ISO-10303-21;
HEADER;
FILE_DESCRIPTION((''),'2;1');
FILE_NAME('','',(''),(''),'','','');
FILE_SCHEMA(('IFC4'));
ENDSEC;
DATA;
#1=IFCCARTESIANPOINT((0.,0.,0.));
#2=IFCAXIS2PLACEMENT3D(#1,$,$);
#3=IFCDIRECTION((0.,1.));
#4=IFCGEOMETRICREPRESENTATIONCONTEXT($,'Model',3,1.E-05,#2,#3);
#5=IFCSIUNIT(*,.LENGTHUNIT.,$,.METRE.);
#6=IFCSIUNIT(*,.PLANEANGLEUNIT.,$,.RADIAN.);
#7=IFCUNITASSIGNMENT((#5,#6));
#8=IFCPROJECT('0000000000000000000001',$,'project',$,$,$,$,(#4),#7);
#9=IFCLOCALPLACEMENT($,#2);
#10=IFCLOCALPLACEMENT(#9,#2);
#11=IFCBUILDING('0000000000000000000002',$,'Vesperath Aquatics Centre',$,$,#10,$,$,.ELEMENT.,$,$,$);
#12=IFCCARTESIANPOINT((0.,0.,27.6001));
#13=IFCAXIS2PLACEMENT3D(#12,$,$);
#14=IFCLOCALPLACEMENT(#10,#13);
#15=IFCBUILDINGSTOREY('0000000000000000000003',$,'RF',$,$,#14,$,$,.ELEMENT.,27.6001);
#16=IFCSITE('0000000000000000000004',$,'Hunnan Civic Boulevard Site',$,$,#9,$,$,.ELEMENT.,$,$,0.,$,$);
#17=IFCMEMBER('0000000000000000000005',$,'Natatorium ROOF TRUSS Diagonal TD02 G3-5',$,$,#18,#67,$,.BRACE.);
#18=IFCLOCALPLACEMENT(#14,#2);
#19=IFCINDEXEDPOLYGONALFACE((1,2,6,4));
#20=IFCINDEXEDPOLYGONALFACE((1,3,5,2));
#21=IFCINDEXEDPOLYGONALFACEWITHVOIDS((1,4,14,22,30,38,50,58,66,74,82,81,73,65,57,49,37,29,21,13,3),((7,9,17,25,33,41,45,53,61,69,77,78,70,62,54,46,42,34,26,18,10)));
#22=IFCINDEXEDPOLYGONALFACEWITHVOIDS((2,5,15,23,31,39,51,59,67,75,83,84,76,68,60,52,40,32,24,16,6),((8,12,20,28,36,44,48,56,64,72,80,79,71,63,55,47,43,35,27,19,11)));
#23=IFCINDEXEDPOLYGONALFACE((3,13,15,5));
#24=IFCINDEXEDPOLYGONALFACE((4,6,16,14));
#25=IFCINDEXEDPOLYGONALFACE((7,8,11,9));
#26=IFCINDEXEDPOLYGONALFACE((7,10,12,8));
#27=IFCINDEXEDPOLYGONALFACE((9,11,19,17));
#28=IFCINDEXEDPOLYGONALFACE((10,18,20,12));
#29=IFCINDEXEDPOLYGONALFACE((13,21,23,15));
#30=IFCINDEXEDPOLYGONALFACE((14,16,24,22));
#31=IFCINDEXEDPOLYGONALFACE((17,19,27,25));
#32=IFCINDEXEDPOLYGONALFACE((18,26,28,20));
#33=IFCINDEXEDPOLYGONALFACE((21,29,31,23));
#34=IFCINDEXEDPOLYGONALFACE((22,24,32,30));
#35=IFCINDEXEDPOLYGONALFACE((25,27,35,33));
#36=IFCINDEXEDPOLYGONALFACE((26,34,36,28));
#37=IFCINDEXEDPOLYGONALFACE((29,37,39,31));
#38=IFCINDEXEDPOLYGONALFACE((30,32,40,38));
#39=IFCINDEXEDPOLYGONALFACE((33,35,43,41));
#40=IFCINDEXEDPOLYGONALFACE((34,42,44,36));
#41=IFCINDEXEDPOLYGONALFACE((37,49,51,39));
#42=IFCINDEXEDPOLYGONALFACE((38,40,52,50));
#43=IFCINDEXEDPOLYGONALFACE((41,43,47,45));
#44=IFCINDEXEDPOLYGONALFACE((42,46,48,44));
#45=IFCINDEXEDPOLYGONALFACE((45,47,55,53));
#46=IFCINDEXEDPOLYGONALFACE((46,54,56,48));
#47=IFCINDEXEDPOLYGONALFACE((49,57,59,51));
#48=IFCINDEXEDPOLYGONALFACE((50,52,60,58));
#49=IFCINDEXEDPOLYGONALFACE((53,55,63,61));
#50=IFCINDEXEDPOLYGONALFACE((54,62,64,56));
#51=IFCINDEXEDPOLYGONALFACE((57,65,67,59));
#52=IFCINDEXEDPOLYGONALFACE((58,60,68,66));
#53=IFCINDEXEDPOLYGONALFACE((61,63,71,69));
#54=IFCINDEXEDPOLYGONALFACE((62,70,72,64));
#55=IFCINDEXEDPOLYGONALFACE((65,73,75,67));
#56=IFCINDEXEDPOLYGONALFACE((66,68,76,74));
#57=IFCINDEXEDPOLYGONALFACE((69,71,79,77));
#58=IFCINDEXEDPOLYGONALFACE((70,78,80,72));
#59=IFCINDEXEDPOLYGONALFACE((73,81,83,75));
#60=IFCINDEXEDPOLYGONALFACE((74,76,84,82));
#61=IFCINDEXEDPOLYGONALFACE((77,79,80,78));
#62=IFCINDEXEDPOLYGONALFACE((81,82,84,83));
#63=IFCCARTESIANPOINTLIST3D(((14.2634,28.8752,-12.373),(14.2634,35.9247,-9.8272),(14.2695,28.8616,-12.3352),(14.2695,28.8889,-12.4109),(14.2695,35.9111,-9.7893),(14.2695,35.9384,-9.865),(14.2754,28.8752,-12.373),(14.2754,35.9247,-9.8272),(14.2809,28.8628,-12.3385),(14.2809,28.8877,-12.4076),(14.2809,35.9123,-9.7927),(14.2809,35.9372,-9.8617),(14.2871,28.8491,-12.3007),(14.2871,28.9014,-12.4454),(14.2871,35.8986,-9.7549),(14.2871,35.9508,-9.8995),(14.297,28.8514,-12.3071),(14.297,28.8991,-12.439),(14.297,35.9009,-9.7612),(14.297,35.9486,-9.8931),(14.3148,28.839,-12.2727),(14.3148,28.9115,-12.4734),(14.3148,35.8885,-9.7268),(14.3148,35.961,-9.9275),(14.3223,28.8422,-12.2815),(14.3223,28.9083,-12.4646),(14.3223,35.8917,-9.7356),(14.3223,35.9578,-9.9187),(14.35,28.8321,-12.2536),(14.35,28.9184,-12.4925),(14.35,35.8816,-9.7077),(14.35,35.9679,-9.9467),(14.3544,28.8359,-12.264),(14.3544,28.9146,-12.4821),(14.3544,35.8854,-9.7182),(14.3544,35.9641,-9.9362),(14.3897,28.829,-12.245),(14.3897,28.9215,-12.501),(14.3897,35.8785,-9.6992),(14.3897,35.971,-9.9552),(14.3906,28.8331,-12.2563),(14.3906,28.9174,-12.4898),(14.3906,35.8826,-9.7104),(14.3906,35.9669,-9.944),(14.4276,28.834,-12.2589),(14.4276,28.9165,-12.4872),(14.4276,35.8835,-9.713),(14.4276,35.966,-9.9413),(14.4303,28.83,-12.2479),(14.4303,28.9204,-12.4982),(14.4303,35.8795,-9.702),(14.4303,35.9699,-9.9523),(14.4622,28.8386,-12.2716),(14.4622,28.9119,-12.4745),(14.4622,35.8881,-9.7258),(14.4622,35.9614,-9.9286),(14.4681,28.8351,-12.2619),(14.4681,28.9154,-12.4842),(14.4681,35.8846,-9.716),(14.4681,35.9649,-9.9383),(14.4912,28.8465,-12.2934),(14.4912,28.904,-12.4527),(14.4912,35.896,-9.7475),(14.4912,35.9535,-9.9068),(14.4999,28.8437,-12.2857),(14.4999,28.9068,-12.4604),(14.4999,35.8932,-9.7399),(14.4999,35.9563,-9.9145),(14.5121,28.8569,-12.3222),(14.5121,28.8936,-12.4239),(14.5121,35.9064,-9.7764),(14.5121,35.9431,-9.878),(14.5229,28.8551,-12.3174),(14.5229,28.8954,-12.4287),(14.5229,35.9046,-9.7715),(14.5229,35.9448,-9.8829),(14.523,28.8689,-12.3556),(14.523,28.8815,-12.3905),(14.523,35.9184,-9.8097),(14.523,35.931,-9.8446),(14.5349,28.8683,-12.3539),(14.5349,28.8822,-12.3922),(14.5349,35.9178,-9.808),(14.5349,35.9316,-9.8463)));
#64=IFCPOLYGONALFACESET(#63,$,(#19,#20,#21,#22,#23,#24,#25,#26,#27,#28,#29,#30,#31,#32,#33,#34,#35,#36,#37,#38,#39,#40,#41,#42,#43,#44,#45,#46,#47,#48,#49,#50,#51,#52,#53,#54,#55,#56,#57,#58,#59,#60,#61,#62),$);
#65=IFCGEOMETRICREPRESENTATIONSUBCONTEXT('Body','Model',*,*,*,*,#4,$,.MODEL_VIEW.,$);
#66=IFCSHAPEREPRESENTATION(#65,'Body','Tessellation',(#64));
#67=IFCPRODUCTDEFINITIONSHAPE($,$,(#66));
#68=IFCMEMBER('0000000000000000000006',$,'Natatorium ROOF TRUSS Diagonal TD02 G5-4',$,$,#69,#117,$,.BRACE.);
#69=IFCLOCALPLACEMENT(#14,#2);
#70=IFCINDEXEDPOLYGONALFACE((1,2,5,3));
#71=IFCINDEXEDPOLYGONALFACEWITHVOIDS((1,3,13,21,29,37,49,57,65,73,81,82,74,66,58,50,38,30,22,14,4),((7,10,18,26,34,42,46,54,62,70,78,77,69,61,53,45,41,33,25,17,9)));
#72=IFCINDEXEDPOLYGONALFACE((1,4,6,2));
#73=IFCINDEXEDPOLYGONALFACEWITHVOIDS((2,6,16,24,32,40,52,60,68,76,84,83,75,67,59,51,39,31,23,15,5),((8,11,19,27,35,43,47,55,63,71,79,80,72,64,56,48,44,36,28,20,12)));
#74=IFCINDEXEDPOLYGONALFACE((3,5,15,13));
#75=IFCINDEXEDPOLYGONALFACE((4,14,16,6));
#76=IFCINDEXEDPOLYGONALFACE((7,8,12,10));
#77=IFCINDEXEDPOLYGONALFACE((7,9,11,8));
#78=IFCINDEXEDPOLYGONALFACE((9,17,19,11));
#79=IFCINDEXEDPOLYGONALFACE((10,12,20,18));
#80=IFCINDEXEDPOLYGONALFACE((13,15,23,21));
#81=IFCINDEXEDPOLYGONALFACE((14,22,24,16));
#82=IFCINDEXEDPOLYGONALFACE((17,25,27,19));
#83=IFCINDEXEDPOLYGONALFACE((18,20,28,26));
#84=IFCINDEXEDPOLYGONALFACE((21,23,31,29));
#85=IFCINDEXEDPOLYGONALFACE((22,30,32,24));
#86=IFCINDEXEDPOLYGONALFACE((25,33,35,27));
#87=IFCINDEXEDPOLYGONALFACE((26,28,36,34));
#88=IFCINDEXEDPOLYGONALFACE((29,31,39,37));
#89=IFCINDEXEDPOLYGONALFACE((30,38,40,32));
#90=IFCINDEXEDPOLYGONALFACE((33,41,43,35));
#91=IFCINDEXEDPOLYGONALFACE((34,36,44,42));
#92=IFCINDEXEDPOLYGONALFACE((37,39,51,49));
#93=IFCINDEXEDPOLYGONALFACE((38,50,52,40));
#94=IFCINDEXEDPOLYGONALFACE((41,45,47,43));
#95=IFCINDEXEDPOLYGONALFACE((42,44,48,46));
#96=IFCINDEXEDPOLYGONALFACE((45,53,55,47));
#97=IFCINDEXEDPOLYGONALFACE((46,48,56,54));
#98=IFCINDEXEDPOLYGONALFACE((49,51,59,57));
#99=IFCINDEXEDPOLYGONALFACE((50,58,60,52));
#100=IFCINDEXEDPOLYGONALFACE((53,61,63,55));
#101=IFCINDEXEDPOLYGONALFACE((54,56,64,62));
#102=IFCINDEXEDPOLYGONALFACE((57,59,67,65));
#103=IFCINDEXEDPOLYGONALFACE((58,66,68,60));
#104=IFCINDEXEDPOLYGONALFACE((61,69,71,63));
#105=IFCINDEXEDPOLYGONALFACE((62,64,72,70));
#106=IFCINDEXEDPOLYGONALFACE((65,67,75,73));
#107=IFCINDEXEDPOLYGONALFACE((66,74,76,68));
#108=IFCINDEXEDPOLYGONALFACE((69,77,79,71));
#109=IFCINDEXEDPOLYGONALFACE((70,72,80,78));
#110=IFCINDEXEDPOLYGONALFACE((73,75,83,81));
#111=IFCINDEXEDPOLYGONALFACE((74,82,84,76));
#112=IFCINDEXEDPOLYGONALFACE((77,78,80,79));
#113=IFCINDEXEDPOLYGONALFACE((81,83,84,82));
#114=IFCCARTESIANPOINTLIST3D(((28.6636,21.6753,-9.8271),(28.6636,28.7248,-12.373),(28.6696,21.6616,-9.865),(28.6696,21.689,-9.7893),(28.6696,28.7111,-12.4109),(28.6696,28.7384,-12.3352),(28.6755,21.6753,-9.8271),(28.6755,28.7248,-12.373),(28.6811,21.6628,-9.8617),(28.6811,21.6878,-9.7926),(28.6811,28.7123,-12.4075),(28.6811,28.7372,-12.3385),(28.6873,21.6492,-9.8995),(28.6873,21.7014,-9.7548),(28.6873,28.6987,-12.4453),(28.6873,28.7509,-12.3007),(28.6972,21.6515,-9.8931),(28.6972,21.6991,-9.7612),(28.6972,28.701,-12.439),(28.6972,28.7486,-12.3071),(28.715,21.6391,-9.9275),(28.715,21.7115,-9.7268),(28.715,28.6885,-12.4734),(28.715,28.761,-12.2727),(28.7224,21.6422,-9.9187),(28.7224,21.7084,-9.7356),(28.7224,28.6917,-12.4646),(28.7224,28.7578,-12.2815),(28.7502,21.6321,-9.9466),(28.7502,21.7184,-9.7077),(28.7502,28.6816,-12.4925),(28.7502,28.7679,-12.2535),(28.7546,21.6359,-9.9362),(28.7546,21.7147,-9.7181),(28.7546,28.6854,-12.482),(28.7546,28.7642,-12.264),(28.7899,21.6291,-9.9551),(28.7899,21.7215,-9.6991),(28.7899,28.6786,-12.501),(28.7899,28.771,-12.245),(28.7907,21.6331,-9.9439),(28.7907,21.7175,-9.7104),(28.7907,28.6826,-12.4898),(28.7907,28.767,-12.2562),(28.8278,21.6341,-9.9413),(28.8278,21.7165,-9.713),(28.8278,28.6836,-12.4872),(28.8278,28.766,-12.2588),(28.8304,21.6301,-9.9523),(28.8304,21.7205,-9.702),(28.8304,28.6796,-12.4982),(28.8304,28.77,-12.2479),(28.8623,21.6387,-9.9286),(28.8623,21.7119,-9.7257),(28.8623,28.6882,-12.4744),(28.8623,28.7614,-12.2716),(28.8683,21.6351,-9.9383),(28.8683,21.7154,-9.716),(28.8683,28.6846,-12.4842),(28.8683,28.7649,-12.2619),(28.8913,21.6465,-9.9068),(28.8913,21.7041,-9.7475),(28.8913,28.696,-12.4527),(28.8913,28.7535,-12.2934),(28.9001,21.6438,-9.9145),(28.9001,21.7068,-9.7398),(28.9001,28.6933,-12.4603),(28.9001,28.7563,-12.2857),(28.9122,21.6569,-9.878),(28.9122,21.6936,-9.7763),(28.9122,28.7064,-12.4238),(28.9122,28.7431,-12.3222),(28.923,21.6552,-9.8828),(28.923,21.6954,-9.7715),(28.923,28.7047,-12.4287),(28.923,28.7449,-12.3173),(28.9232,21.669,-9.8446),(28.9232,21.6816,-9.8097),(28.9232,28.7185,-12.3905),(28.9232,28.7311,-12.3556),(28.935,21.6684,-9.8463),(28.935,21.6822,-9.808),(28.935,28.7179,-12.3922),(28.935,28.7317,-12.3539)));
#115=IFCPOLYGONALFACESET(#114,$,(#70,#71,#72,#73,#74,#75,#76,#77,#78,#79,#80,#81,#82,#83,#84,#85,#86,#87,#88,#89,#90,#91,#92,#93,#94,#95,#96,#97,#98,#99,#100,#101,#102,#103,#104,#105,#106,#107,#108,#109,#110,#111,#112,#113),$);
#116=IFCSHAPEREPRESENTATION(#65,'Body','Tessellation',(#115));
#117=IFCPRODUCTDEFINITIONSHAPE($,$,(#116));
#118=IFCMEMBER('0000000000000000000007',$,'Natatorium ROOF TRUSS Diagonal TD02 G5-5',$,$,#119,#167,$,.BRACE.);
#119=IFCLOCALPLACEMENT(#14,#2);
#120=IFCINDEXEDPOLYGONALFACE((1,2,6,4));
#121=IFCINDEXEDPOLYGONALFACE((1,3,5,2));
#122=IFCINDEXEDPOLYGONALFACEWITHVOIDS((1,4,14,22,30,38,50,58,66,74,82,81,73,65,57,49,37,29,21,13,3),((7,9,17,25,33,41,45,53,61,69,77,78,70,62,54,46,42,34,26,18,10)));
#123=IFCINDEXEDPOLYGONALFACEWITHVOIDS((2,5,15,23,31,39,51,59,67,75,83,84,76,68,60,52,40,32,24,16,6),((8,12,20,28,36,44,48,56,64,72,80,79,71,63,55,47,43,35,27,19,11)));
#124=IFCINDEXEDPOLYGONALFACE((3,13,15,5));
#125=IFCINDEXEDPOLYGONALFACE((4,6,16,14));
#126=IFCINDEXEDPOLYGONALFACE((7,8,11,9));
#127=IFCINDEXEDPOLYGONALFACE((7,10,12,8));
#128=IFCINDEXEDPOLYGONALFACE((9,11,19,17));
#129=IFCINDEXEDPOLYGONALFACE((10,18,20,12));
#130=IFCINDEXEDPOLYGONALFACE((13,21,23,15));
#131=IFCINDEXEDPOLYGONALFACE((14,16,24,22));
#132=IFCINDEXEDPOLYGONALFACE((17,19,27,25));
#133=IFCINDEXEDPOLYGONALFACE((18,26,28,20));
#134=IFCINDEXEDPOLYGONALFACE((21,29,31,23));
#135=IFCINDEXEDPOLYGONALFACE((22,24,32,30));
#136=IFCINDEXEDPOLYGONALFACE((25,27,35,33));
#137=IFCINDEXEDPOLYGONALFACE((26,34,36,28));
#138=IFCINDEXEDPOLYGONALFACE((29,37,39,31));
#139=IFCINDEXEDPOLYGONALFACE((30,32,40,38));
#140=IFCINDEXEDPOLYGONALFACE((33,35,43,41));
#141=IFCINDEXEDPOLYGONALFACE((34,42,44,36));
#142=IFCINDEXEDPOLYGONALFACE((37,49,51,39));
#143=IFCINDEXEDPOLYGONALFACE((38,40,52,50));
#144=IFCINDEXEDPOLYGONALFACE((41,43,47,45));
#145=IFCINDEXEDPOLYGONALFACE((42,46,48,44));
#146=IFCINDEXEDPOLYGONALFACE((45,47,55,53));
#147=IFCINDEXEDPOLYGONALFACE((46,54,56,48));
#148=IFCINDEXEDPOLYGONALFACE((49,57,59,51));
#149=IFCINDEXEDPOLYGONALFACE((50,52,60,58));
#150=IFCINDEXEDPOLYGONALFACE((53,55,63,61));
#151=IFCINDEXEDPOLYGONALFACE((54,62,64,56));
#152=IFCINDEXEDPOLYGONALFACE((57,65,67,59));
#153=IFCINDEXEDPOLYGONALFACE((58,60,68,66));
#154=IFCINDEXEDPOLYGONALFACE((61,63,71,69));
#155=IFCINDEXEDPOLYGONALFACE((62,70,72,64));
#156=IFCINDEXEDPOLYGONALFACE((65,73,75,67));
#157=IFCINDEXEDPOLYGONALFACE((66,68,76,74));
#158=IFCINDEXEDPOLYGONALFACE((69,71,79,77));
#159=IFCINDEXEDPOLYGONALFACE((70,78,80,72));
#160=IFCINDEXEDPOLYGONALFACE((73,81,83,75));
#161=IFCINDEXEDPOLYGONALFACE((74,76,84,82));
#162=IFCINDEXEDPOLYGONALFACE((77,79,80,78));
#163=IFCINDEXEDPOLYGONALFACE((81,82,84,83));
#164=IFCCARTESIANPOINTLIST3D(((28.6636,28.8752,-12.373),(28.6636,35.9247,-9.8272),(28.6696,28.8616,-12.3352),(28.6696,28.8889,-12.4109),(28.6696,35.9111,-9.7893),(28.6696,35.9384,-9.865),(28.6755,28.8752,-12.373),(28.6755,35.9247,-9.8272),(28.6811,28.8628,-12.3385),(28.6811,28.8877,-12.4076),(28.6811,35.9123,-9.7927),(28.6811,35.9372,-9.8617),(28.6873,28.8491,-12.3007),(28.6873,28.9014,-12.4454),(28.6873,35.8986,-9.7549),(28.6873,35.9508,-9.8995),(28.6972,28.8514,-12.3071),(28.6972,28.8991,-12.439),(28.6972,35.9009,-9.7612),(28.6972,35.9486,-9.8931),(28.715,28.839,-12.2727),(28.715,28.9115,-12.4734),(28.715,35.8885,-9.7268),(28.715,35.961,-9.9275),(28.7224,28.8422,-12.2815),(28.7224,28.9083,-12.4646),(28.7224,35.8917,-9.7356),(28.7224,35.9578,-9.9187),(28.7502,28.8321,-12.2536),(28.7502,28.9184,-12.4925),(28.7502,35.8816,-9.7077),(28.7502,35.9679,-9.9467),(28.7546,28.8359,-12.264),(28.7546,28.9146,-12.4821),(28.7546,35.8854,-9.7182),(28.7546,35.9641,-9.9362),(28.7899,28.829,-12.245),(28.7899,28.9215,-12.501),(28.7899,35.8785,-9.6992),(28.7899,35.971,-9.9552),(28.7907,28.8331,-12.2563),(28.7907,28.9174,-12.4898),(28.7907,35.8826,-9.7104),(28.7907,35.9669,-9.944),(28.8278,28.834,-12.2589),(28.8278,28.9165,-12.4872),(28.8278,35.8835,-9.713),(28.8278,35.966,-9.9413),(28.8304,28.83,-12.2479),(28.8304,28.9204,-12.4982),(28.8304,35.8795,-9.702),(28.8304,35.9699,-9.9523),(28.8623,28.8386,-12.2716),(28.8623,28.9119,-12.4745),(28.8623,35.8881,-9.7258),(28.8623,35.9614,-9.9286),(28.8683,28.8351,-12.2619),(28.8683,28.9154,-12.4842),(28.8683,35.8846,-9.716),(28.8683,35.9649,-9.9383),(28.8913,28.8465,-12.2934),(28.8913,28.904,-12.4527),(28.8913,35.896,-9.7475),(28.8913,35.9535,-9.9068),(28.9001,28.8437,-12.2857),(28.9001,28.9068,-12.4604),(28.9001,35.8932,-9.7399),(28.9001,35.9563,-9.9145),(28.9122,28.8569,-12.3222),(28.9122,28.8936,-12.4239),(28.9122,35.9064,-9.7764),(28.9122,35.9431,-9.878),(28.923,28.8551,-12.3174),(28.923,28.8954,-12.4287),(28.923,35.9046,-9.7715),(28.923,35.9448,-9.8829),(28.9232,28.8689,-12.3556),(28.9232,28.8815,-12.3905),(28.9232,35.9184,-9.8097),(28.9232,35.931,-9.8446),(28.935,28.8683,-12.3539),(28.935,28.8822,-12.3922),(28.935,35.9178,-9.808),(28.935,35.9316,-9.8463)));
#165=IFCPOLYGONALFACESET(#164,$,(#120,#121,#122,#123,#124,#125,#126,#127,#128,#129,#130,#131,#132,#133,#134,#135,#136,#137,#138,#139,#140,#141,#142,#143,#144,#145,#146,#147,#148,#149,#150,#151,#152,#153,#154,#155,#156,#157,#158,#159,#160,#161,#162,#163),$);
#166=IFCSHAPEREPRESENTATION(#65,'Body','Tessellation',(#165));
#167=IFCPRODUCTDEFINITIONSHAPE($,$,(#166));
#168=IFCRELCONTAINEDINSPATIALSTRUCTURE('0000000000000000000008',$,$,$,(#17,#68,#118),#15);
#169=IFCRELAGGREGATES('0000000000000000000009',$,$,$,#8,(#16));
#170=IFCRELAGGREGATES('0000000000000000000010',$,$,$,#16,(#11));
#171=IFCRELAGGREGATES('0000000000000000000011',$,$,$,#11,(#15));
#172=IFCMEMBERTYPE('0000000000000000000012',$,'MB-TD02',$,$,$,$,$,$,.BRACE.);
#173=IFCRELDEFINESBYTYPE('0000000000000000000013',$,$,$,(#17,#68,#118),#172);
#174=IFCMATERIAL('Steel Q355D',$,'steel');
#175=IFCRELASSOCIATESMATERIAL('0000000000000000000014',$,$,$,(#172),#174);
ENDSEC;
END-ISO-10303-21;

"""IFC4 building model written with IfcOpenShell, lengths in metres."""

from ifc_helpers import new_model, si_unit, direction, frame, origin, origin_2d, place, context, subcontext, project, spatial, hollow_circle, extrude, material, material_profile, profile_set, type_object, element, save


model = new_model("IFC4")

# Units and contexts
model_context = context("Model", 3, precision=1e-05, world=origin(), true_north=direction((0.0, 1.0)))
body_context = subcontext(model_context, "Body", "Model", "MODEL_VIEW")
ifc_project = project(units=[si_unit("LENGTHUNIT", "METRE"), si_unit("PLANEANGLEUNIT", "RADIAN")], contexts=[model_context])

# Site, building, storey
site_placement = place(None, origin())
site = spatial("IfcSite", under=ifc_project, at=site_placement, Name="Hunnan Civic Boulevard Site", CompositionType="ELEMENT", RefElevation=0.0)
building_placement = place(site_placement, origin())
building = spatial("IfcBuilding", under=site, at=building_placement, Name="Vesperath Aquatics Centre", CompositionType="ELEMENT")
storey_placement = place(building_placement, frame((0.0, 0.0, 27.6001)))
storey = spatial("IfcBuildingStorey", under=building, at=storey_placement, Name="RF", CompositionType="ELEMENT", Elevation=27.6001)

# Members
ifc_material_1 = material(Name="Steel Q355D", Category="steel")
ifc_material_profile_1 = material_profile(ifc_material_1, hollow_circle(Radius=0.1365, WallThickness=0.012, at=origin_2d()), Name="CHS 273.0x12")
ifc_profile_set_1 = profile_set([ifc_material_profile_1], Name="Steel Q355D")
member_type_1 = type_object("IfcMemberType", Name="MB-TD02", PredefinedType="BRACE", material=ifc_profile_set_1)
for number, where, z_axis, x_axis, name in (
    (1, (14.3999, 28.8752, -12.373), (0.0, 0.940544, 0.339671), (-1.0, 0.0, 0.0), "Natatorium ROOF TRUSS Diagonal TD02 G3-5"),
    (2, (28.8, 21.6753, -9.8271), (0.0, 0.940544, -0.339671), (-1.0, 0.0, 0.0), "Natatorium ROOF TRUSS Diagonal TD02 G5-4"),
    (3, (28.8, 28.8752, -12.373), (0.0, 0.940544, 0.339671), (-1.0, 0.0, 0.0), "Natatorium ROOF TRUSS Diagonal TD02 G5-5"),
):
    element("IfcMember", number, at=place(storey_placement, frame(where, z_axis=z_axis, x_axis=x_axis)), inside=storey, type_object=member_type_1, Name=name, PredefinedType="BRACE", context=body_context, shape_type="SweptSolid", body=[
        extrude(hollow_circle(Radius=0.1365, WallThickness=0.012, at=origin_2d()), origin(), (0.0, 0.0, 1.0), 7.4951),
    ])

save(model, "model.ifc")
